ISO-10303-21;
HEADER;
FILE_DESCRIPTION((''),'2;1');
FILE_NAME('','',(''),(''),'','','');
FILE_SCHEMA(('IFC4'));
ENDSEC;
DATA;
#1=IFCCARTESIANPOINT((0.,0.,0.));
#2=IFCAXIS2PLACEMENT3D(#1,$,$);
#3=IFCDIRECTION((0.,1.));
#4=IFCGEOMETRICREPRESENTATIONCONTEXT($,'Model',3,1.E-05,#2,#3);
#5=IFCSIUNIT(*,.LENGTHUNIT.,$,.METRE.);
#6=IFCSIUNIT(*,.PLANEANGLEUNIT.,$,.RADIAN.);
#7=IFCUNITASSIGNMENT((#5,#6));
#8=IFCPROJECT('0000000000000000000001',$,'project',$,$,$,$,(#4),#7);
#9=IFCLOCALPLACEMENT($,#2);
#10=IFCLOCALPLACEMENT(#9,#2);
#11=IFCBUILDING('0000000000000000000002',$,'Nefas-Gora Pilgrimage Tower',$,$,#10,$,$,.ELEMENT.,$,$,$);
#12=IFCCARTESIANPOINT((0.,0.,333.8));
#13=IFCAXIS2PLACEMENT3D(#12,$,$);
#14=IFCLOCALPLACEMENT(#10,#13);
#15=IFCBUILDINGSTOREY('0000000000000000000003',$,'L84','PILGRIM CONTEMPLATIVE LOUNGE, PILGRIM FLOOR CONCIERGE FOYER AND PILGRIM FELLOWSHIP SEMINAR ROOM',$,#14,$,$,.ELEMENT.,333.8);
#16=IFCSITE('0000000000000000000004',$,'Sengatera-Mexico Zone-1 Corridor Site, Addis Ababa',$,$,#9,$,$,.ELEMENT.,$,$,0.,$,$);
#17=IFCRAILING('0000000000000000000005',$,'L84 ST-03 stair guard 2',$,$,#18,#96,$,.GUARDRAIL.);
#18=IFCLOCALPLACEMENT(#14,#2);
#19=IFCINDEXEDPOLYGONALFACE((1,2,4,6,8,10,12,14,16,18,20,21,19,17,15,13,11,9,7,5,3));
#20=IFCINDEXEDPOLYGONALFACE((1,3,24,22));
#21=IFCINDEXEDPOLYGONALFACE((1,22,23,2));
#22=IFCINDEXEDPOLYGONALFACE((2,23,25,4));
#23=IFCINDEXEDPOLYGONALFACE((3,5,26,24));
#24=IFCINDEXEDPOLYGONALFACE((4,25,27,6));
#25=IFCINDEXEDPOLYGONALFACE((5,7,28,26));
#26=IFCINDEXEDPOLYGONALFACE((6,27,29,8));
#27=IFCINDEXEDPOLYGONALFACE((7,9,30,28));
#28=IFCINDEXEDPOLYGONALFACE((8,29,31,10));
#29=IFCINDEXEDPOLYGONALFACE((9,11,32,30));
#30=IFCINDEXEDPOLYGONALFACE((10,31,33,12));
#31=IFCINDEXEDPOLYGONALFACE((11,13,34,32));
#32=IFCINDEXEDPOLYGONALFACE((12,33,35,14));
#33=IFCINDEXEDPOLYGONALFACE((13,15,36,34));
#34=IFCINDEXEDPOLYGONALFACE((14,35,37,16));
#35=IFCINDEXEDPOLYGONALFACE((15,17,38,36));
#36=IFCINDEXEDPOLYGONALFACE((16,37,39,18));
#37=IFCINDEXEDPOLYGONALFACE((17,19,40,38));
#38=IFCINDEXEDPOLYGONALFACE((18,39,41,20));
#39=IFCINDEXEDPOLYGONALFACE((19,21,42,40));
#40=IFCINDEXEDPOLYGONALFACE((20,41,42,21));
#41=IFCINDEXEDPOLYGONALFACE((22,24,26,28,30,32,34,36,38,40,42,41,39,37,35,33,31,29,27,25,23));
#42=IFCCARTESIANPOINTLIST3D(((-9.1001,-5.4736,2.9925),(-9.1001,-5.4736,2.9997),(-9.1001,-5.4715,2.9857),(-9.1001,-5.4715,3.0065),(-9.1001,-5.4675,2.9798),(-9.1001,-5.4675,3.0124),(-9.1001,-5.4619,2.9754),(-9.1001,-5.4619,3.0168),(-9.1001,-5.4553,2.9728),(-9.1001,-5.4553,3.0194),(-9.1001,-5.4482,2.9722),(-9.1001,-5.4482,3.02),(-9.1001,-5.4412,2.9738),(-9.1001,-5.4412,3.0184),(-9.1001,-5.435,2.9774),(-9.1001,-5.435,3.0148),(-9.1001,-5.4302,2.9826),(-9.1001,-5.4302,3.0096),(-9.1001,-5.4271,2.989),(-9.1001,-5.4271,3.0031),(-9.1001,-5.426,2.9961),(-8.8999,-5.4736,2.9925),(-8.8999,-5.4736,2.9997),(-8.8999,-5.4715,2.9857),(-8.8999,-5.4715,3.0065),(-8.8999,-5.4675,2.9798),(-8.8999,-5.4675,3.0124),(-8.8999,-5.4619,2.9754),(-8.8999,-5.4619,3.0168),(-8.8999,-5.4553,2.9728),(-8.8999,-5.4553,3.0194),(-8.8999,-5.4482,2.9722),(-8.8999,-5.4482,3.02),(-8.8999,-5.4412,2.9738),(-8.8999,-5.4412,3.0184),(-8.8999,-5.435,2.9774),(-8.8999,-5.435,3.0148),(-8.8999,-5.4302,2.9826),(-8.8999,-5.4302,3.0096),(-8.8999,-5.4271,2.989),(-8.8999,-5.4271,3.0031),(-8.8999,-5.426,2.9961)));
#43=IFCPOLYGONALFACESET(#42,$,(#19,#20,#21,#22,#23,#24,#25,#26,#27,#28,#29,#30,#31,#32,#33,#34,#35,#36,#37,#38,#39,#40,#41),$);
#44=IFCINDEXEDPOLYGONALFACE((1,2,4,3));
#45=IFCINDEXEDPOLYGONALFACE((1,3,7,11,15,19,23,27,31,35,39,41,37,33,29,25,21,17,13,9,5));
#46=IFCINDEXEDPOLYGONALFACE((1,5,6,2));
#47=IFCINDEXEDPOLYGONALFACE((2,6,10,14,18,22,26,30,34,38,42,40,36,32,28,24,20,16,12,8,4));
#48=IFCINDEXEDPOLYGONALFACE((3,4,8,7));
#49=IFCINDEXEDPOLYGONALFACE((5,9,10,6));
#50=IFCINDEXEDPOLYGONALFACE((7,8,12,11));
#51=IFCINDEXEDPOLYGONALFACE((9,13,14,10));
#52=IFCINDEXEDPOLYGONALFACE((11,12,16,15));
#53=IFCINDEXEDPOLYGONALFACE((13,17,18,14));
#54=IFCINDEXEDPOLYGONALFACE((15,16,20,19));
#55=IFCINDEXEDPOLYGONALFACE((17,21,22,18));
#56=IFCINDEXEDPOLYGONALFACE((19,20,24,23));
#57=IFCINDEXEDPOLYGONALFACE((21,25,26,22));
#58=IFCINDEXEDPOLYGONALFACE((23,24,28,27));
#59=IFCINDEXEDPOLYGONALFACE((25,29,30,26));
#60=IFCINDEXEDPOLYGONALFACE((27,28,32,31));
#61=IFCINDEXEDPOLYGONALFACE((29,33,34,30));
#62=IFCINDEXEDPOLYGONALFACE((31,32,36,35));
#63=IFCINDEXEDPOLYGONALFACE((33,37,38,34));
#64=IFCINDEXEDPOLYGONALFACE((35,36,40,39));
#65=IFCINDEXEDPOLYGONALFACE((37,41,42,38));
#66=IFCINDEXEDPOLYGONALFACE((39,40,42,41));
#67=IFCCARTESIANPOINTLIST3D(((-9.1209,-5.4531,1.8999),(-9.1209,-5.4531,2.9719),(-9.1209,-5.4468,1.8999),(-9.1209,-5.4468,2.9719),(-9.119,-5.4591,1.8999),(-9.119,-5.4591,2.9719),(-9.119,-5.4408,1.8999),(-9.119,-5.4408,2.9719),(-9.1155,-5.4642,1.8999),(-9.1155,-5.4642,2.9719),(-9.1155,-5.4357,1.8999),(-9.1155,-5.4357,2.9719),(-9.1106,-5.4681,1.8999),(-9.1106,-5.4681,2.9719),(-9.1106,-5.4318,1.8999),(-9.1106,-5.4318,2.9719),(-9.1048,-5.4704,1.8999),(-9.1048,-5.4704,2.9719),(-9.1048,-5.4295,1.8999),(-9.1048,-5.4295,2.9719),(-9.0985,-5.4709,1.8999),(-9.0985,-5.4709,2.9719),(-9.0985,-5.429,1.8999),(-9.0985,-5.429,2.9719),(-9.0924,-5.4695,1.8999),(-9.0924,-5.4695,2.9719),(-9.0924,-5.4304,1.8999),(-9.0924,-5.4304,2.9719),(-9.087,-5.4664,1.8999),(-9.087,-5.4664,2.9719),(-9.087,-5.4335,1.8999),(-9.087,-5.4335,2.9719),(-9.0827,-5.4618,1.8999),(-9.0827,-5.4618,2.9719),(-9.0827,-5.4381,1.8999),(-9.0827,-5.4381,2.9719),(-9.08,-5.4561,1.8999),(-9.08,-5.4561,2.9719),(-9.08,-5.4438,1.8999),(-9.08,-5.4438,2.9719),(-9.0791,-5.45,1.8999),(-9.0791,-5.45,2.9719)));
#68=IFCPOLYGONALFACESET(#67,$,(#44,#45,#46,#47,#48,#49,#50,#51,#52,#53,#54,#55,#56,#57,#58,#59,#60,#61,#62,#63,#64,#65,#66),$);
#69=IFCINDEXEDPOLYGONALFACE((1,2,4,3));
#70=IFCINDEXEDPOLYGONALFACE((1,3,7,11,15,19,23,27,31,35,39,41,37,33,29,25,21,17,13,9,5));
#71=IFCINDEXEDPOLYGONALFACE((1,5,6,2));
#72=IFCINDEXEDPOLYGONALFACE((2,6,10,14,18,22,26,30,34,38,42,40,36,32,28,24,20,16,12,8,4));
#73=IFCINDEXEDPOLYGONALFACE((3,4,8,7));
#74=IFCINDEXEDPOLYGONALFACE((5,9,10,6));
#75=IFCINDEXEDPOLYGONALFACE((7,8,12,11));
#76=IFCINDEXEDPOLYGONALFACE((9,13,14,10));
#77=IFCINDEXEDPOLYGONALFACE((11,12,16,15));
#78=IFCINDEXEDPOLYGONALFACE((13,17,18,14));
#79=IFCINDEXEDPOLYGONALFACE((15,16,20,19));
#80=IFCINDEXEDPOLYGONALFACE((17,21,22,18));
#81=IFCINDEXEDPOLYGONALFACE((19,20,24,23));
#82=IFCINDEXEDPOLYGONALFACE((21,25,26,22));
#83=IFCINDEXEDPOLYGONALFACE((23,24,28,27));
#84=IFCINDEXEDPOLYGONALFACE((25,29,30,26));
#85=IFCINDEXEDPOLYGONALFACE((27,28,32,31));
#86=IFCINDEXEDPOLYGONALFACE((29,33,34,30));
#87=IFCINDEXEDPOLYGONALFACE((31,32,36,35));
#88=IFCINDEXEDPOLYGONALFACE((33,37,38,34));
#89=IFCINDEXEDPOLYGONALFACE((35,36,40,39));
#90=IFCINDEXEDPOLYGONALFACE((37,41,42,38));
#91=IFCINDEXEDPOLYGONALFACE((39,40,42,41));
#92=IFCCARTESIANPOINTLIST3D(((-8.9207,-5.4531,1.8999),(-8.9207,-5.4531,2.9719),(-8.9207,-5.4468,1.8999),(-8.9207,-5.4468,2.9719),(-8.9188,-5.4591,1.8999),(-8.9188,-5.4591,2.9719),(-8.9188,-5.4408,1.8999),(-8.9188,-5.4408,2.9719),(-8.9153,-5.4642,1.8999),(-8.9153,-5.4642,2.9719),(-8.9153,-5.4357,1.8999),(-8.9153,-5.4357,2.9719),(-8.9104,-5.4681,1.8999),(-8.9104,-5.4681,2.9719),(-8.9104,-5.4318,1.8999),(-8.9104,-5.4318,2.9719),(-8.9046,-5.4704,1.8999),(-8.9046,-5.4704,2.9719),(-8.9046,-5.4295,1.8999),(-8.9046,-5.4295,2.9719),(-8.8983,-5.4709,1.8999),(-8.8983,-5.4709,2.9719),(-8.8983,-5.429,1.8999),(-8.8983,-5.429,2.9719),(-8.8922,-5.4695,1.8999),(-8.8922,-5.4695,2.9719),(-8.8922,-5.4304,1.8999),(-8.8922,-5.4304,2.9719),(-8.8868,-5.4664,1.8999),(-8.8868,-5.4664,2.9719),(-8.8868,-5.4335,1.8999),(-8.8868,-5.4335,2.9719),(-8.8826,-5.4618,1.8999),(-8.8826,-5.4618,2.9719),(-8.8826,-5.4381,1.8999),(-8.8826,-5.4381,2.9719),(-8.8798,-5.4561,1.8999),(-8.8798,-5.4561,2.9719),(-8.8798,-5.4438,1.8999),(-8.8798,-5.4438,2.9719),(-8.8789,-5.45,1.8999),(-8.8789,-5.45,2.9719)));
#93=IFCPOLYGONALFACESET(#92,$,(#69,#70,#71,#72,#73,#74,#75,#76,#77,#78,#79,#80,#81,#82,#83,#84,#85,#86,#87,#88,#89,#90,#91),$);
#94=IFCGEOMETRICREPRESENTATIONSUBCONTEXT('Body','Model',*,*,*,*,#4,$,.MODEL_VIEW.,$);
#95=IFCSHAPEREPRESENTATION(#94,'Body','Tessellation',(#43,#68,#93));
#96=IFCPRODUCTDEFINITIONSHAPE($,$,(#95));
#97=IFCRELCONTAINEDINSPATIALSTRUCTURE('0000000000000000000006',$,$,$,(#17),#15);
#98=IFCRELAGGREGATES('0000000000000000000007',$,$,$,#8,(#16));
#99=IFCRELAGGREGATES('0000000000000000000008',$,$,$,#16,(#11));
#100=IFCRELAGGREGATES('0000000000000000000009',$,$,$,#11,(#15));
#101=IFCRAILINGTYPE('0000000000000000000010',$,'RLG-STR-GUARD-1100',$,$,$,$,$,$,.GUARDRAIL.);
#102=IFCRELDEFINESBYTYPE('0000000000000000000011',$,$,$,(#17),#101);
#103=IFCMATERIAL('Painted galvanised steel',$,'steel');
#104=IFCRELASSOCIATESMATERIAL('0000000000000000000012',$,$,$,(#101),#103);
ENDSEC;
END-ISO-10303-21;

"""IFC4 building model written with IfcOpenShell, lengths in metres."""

from ifc_helpers import new_model, si_unit, direction, frame, origin, origin_2d, place, context, subcontext, project, spatial, circle, extrude, material, type_object, element, save


model = new_model("IFC4")

# Units and contexts
model_context = context("Model", 3, precision=1e-05, world=origin(), true_north=direction((0.0, 1.0)))
body_context = subcontext(model_context, "Body", "Model", "MODEL_VIEW")
ifc_project = project(units=[si_unit("LENGTHUNIT", "METRE"), si_unit("PLANEANGLEUNIT", "RADIAN")], contexts=[model_context])

# Site, building, storey
site_placement = place(None, origin())
site = spatial("IfcSite", under=ifc_project, at=site_placement, Name="Sengatera-Mexico Zone-1 Corridor Site, Addis Ababa", CompositionType="ELEMENT", RefElevation=0.0)
building_placement = place(site_placement, origin())
building = spatial("IfcBuilding", under=site, at=building_placement, Name="Nefas-Gora Pilgrimage Tower", CompositionType="ELEMENT")
storey_placement = place(building_placement, frame((0.0, 0.0, 333.8)))
storey = spatial("IfcBuildingStorey", under=building, at=storey_placement, Name="L84", Description="PILGRIM CONTEMPLATIVE LOUNGE, PILGRIM FLOOR CONCIERGE FOYER AND PILGRIM FELLOWSHIP SEMINAR ROOM", CompositionType="ELEMENT", Elevation=333.8)

# Railing
ifc_material_1 = material(Name="Painted galvanised steel", Category="steel")
railing_type_1 = type_object("IfcRailingType", Name="RLG-STR-GUARD-1100", PredefinedType="GUARDRAIL", material=ifc_material_1)
railing_1_placement = place(storey_placement, frame((-9.1001, -5.45, 1.8999)))
element("IfcRailing", 1, at=railing_1_placement, inside=storey, type_object=railing_type_1, Name="L84 ST-03 stair guard 2", PredefinedType="GUARDRAIL", context=body_context, shape_type="SweptSolid", body=[
    extrude(circle(Radius=0.0239, at=origin_2d()), frame((0.0, 0.0, 1.0962), z_axis=(1.0, 0.0, 0.0), x_axis=(0.0, 1.0, 0.0)), (0.0, 0.0, 1.0), 0.2002),
    extrude(circle(Radius=0.021, at=origin_2d()), origin(), (0.0, 0.0, 1.0), 1.072),
    extrude(circle(Radius=0.021, at=origin_2d()), frame((0.2002, 0.0, 0.0)), (0.0, 0.0, 1.0), 1.072),
])

save(model, "model.ifc")
